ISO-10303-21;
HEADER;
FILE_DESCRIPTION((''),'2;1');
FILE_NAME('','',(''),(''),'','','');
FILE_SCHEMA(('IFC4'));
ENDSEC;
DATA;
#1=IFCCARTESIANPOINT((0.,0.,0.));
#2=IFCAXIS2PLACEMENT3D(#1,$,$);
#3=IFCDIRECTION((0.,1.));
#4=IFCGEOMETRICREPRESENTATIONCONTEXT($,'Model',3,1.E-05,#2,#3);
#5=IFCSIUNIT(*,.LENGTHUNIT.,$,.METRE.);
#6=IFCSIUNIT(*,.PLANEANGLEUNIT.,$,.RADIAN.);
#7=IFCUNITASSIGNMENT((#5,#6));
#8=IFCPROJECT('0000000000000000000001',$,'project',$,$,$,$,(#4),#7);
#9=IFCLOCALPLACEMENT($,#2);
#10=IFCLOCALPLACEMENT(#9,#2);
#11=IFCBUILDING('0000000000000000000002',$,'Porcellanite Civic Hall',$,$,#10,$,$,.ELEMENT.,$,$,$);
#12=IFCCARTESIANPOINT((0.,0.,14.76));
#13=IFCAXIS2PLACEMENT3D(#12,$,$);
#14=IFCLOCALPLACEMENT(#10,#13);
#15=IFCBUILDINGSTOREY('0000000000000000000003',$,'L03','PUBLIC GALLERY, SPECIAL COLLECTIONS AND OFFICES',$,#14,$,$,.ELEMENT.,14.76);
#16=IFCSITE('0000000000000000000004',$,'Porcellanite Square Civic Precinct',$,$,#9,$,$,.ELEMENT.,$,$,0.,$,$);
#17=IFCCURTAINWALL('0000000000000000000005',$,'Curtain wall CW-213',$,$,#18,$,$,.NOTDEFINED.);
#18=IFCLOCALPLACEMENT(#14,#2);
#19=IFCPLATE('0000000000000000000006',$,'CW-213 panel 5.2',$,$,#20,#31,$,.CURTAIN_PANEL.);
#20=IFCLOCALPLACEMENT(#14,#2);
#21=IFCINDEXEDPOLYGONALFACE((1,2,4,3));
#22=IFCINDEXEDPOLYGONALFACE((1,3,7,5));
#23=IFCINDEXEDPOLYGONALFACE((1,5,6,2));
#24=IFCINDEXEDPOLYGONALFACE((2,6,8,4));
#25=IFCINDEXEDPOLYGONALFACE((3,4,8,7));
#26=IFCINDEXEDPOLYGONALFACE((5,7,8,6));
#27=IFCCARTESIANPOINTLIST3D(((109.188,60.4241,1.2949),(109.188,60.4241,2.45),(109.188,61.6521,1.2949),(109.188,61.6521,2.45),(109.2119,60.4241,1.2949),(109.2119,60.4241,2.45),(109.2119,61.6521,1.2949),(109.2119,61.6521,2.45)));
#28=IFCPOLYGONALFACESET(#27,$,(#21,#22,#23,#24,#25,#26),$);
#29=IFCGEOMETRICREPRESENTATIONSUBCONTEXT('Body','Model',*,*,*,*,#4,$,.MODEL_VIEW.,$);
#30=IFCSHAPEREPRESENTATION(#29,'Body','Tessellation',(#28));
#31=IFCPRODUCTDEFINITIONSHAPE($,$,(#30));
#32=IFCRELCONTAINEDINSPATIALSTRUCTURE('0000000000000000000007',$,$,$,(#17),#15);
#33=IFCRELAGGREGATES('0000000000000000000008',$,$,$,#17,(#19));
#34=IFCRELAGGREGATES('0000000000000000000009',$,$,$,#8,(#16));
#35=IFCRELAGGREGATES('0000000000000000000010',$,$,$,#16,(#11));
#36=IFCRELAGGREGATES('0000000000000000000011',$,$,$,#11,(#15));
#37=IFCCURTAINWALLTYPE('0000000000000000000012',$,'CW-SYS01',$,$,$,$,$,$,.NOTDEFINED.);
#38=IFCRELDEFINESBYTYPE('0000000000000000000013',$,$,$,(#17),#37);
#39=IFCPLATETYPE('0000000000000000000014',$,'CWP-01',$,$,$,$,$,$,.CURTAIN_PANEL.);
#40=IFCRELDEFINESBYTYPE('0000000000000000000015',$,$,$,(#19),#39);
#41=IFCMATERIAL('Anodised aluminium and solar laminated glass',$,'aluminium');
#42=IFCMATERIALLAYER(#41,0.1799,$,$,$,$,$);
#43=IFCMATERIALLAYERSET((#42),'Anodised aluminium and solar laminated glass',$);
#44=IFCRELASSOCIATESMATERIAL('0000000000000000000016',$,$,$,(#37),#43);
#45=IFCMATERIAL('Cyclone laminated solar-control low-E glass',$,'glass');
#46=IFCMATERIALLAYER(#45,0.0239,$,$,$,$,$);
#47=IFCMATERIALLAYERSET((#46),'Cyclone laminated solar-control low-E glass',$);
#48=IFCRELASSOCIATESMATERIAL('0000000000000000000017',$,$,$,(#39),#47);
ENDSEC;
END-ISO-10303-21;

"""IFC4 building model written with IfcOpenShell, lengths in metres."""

from ifc_helpers import new_model, si_unit, direction, frame, origin, origin_2d, place, context, subcontext, project, spatial, rectangle, extrude, material, layer, layer_set, type_object, element, aggregate, save


model = new_model("IFC4")

# Units and contexts
model_context = context("Model", 3, precision=1e-05, world=origin(), true_north=direction((0.0, 1.0)))
body_context = subcontext(model_context, "Body", "Model", "MODEL_VIEW")
ifc_project = project(units=[si_unit("LENGTHUNIT", "METRE"), si_unit("PLANEANGLEUNIT", "RADIAN")], contexts=[model_context])

# Site, building, storey
site_placement = place(None, origin())
site = spatial("IfcSite", under=ifc_project, at=site_placement, Name="Porcellanite Square Civic Precinct", CompositionType="ELEMENT", RefElevation=0.0)
building_placement = place(site_placement, origin())
building = spatial("IfcBuilding", under=site, at=building_placement, Name="Porcellanite Civic Hall", CompositionType="ELEMENT")
storey_placement = place(building_placement, frame((0.0, 0.0, 14.76)))
storey = spatial("IfcBuildingStorey", under=building, at=storey_placement, Name="L03", Description="PUBLIC GALLERY, SPECIAL COLLECTIONS AND OFFICES", CompositionType="ELEMENT", Elevation=14.76)

# Curtain wall
ifc_material_1 = material(Name="Anodised aluminium and solar laminated glass", Category="aluminium")
ifc_layer_1 = layer(ifc_material_1, 0.1799)
ifc_layer_set_1 = layer_set([ifc_layer_1], Name="Anodised aluminium and solar laminated glass")
curtain_wall_type = type_object("IfcCurtainWallType", Name="CW-SYS01", PredefinedType="NOTDEFINED", material=ifc_layer_set_1)
curtain_wall_placement = place(storey_placement, origin())
curtain_wall = element("IfcCurtainWall", 1, at=curtain_wall_placement, inside=storey, type_object=curtain_wall_type, Name="Curtain wall CW-213", PredefinedType="NOTDEFINED")

# Plate
ifc_material_2 = material(Name="Cyclone laminated solar-control low-E glass", Category="glass")
ifc_layer_2 = layer(ifc_material_2, 0.0239)
ifc_layer_set_2 = layer_set([ifc_layer_2], Name="Cyclone laminated solar-control low-E glass")
plate_type = type_object("IfcPlateType", Name="CWP-01", PredefinedType="CURTAIN_PANEL", material=ifc_layer_set_2)
plate_1_placement = place(storey_placement, frame((109.2, 61.0381, 1.2949), z_axis=(0.0, 0.0, 1.0), x_axis=(0.0, -1.0, 0.0)))
plate_1 = element("IfcPlate", 2, at=plate_1_placement, type_object=plate_type, Name="CW-213 panel 5.2", PredefinedType="CURTAIN_PANEL", context=body_context, shape_type="SweptSolid", body=[
    extrude(rectangle(XDim=1.228, YDim=0.0239, at=origin_2d()), origin(), (0.0, 0.0, 1.0), 1.155),
])
aggregate(curtain_wall, [plate_1])

save(model, "model.ifc")
